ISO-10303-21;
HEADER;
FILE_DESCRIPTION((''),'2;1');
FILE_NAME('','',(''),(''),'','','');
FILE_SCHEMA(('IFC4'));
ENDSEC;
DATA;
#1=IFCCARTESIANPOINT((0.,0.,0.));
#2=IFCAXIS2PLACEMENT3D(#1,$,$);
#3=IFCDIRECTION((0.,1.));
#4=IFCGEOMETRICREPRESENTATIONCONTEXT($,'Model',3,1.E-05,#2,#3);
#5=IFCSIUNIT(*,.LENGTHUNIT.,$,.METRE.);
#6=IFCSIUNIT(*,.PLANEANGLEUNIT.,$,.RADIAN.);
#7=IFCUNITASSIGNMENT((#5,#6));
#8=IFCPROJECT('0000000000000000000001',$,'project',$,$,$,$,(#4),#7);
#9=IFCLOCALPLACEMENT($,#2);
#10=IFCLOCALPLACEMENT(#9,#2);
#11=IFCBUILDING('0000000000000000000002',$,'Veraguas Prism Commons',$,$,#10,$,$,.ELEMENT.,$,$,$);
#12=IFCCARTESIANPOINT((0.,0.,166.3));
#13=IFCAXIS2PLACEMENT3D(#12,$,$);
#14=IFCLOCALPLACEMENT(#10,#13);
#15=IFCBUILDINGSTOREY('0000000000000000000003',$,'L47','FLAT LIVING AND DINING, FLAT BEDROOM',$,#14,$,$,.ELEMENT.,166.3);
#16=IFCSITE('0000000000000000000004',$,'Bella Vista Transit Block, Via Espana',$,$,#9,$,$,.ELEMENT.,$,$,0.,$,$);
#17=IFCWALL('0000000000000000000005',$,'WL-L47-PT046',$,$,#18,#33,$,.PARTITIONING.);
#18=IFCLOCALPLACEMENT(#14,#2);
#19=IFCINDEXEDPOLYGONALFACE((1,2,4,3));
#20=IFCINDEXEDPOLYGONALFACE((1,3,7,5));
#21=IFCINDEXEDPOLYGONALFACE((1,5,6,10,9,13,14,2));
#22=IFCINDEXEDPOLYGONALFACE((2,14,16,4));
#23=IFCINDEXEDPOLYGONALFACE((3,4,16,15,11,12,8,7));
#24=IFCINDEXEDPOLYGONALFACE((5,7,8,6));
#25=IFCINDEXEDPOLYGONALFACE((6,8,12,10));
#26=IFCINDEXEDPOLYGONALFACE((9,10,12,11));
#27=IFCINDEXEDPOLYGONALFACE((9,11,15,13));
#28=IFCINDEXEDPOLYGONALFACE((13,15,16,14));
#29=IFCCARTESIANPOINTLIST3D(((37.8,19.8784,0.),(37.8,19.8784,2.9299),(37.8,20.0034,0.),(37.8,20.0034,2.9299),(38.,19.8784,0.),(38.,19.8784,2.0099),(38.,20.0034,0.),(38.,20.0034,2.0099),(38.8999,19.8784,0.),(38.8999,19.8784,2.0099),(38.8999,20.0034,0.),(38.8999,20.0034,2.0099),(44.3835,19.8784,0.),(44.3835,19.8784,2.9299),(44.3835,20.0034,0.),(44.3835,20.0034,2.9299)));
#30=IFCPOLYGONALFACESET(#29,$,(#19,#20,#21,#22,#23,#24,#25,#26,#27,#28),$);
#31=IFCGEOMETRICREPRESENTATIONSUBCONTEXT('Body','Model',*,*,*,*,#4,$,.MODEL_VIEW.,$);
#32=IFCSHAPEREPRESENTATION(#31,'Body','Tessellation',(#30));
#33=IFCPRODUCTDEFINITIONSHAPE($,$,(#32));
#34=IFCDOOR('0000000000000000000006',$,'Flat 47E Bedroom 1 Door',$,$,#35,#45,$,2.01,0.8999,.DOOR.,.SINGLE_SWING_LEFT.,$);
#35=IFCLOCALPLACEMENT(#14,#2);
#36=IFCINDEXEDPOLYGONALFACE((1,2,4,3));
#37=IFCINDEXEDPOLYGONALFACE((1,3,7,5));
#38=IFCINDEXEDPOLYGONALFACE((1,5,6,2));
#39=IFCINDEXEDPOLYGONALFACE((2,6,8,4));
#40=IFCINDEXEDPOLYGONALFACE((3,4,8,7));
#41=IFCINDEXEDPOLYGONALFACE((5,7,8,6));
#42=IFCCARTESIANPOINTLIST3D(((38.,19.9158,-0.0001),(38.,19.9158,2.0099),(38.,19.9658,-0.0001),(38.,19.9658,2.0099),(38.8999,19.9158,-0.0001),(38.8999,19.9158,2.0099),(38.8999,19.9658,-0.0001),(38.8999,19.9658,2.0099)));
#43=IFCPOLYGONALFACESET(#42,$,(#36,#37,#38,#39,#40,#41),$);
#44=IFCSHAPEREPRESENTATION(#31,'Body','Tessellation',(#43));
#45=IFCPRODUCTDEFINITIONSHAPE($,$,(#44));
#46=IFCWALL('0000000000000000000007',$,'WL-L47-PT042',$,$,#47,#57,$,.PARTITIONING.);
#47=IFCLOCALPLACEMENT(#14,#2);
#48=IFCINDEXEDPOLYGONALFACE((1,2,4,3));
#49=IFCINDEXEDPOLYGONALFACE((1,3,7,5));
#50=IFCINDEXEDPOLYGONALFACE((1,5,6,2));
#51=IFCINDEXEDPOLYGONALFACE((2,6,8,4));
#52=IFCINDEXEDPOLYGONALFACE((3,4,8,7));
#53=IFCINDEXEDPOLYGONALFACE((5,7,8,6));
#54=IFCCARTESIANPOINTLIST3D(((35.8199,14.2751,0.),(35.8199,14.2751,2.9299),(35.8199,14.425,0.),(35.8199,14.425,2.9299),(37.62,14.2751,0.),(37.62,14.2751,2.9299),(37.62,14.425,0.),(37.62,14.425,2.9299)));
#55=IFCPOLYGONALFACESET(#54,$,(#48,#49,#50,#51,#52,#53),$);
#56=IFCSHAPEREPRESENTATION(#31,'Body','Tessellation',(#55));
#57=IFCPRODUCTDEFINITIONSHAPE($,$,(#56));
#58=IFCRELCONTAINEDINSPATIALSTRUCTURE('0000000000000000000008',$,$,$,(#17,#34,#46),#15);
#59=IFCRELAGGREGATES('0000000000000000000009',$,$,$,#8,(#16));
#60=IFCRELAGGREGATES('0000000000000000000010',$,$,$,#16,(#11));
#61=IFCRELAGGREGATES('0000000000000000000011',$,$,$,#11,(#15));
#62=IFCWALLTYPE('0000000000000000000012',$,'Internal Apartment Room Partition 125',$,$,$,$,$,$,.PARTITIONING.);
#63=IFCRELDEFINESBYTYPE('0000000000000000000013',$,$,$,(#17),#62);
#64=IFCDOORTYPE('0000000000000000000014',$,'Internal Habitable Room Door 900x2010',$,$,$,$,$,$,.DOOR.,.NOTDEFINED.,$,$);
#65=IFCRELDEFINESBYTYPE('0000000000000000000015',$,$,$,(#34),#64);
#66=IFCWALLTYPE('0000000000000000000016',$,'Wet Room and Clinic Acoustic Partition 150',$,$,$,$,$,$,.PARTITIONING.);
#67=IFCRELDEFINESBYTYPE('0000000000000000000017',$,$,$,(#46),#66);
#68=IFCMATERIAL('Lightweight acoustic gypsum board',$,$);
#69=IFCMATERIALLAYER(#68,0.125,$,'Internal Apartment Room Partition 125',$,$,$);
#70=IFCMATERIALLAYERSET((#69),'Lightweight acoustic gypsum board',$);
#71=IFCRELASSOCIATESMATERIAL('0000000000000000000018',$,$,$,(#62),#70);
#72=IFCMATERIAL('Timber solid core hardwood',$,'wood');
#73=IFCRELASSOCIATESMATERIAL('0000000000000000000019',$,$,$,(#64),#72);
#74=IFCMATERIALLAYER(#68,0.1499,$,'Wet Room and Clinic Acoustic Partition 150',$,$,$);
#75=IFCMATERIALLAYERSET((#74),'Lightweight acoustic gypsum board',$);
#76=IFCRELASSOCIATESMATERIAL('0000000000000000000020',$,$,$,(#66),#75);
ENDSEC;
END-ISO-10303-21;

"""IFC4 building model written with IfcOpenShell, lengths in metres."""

from ifc_helpers import new_model, si_unit, direction, frame, frame_2d, origin, place, context, subcontext, project, spatial, rectangle, extrude, source, transform, mapped, material, layer, layer_set, type_object, element, fill, save


model = new_model("IFC4")

# Units and contexts
model_context = context("Model", 3, precision=1e-05, world=origin(), true_north=direction((0.0, 1.0)))
body_context = subcontext(model_context, "Body", "Model", "MODEL_VIEW")
ifc_project = project(units=[si_unit("LENGTHUNIT", "METRE"), si_unit("PLANEANGLEUNIT", "RADIAN")], contexts=[model_context])

# Site, building, storey
site_placement = place(None, origin())
site = spatial("IfcSite", under=ifc_project, at=site_placement, Name="Bella Vista Transit Block, Via Espana", CompositionType="ELEMENT", RefElevation=0.0)
building_placement = place(site_placement, origin())
building = spatial("IfcBuilding", under=site, at=building_placement, Name="Veraguas Prism Commons", CompositionType="ELEMENT")
storey_placement = place(building_placement, frame((0.0, 0.0, 166.3)))
storey = spatial("IfcBuildingStorey", under=building, at=storey_placement, Name="L47", Description="FLAT LIVING AND DINING, FLAT BEDROOM", CompositionType="ELEMENT", Elevation=166.3)

# Shared definitions
shared_shape_1 = source(origin(), body_context, "Body", "SweptSolid", [
    extrude(rectangle(XDim=0.8999, YDim=2.01, at=frame_2d((0.45, 1.0049))), frame((0.0, 0.0249, 0.0), z_axis=(0.0, -1.0, 0.0), x_axis=(1.0, 0.0, 0.0)), (0.0, 0.0, 1.0), 0.05),
])
ifc_material_1 = material(Name="Lightweight acoustic gypsum board")
ifc_layer_1 = layer(ifc_material_1, 0.125, Name="Internal Apartment Room Partition 125")
ifc_layer_set_1 = layer_set([ifc_layer_1], Name="Lightweight acoustic gypsum board")
wall_type_1 = type_object("IfcWallType", Name="Internal Apartment Room Partition 125", PredefinedType="PARTITIONING", material=ifc_layer_set_1)
ifc_material_2 = material(Name="Timber solid core hardwood", Category="wood")
door_type_1 = type_object("IfcDoorType", Name="Internal Habitable Room Door 900x2010", OperationType="NOTDEFINED", PredefinedType="DOOR", material=ifc_material_2)

# Wall, opening, door
wall_1_placement = place(storey_placement, frame((37.8, 19.9409, 0.0), z_axis=(0.0, 0.0, 1.0), x_axis=(1.0, 0.0, 0.0)))
wall_1 = element("IfcWall", 1, at=wall_1_placement, inside=storey, type_object=wall_type_1, Name="WL-L47-PT046", PredefinedType="PARTITIONING", context=body_context, shape_type="SweptSolid", body=[
    extrude(rectangle(XDim=6.5835, YDim=0.125, at=frame_2d((3.2917, 0.0))), origin(), (0.0, 0.0, 1.0), 2.9299),
])
opening_1_placement = place(wall_1_placement, frame((0.2, 0.0, 0.0)))
opening_1 = element("IfcOpeningElement", 2, at=opening_1_placement, cuts=wall_1, PredefinedType="OPENING", context=body_context, shape_type="SweptSolid", body=[
    extrude(rectangle(XDim=0.8999, YDim=2.01, at=frame_2d((0.45, 1.0049))), frame((0.0, 0.0725, 0.0), z_axis=(0.0, -1.0, 0.0), x_axis=(1.0, 0.0, 0.0)), (0.0, 0.0, 1.0), 0.145),
])
door_1_placement = place(opening_1_placement, origin())
door_1 = element("IfcDoor", 3, at=door_1_placement, inside=storey, type_object=door_type_1, Name="Flat 47E Bedroom 1 Door", OperationType="SINGLE_SWING_LEFT", OverallHeight=2.01, OverallWidth=0.8999, PredefinedType="DOOR", context=body_context, shape_type="MappedRepresentation", body=[
    mapped(shared_shape_1, transform((0.0, 0.0, 0.0), scale=1.0)),
])
fill(opening_1, door_1)

# Wall
ifc_layer_2 = layer(ifc_material_1, 0.1499, Name="Wet Room and Clinic Acoustic Partition 150")
ifc_layer_set_2 = layer_set([ifc_layer_2], Name="Lightweight acoustic gypsum board")
wall_type_2 = type_object("IfcWallType", Name="Wet Room and Clinic Acoustic Partition 150", PredefinedType="PARTITIONING", material=ifc_layer_set_2)
wall_2_placement = place(storey_placement, frame((35.8201, 14.3501, 0.0), z_axis=(0.0, 0.0, 1.0), x_axis=(1.0, 0.0, 0.0)))
element("IfcWall", 4, at=wall_2_placement, inside=storey, type_object=wall_type_2, Name="WL-L47-PT042", PredefinedType="PARTITIONING", context=body_context, shape_type="SweptSolid", body=[
    extrude(rectangle(XDim=1.8, YDim=0.1499, at=frame_2d((0.8999, 0.0))), origin(), (0.0, 0.0, 1.0), 2.9299),
])

save(model, "model.ifc")
